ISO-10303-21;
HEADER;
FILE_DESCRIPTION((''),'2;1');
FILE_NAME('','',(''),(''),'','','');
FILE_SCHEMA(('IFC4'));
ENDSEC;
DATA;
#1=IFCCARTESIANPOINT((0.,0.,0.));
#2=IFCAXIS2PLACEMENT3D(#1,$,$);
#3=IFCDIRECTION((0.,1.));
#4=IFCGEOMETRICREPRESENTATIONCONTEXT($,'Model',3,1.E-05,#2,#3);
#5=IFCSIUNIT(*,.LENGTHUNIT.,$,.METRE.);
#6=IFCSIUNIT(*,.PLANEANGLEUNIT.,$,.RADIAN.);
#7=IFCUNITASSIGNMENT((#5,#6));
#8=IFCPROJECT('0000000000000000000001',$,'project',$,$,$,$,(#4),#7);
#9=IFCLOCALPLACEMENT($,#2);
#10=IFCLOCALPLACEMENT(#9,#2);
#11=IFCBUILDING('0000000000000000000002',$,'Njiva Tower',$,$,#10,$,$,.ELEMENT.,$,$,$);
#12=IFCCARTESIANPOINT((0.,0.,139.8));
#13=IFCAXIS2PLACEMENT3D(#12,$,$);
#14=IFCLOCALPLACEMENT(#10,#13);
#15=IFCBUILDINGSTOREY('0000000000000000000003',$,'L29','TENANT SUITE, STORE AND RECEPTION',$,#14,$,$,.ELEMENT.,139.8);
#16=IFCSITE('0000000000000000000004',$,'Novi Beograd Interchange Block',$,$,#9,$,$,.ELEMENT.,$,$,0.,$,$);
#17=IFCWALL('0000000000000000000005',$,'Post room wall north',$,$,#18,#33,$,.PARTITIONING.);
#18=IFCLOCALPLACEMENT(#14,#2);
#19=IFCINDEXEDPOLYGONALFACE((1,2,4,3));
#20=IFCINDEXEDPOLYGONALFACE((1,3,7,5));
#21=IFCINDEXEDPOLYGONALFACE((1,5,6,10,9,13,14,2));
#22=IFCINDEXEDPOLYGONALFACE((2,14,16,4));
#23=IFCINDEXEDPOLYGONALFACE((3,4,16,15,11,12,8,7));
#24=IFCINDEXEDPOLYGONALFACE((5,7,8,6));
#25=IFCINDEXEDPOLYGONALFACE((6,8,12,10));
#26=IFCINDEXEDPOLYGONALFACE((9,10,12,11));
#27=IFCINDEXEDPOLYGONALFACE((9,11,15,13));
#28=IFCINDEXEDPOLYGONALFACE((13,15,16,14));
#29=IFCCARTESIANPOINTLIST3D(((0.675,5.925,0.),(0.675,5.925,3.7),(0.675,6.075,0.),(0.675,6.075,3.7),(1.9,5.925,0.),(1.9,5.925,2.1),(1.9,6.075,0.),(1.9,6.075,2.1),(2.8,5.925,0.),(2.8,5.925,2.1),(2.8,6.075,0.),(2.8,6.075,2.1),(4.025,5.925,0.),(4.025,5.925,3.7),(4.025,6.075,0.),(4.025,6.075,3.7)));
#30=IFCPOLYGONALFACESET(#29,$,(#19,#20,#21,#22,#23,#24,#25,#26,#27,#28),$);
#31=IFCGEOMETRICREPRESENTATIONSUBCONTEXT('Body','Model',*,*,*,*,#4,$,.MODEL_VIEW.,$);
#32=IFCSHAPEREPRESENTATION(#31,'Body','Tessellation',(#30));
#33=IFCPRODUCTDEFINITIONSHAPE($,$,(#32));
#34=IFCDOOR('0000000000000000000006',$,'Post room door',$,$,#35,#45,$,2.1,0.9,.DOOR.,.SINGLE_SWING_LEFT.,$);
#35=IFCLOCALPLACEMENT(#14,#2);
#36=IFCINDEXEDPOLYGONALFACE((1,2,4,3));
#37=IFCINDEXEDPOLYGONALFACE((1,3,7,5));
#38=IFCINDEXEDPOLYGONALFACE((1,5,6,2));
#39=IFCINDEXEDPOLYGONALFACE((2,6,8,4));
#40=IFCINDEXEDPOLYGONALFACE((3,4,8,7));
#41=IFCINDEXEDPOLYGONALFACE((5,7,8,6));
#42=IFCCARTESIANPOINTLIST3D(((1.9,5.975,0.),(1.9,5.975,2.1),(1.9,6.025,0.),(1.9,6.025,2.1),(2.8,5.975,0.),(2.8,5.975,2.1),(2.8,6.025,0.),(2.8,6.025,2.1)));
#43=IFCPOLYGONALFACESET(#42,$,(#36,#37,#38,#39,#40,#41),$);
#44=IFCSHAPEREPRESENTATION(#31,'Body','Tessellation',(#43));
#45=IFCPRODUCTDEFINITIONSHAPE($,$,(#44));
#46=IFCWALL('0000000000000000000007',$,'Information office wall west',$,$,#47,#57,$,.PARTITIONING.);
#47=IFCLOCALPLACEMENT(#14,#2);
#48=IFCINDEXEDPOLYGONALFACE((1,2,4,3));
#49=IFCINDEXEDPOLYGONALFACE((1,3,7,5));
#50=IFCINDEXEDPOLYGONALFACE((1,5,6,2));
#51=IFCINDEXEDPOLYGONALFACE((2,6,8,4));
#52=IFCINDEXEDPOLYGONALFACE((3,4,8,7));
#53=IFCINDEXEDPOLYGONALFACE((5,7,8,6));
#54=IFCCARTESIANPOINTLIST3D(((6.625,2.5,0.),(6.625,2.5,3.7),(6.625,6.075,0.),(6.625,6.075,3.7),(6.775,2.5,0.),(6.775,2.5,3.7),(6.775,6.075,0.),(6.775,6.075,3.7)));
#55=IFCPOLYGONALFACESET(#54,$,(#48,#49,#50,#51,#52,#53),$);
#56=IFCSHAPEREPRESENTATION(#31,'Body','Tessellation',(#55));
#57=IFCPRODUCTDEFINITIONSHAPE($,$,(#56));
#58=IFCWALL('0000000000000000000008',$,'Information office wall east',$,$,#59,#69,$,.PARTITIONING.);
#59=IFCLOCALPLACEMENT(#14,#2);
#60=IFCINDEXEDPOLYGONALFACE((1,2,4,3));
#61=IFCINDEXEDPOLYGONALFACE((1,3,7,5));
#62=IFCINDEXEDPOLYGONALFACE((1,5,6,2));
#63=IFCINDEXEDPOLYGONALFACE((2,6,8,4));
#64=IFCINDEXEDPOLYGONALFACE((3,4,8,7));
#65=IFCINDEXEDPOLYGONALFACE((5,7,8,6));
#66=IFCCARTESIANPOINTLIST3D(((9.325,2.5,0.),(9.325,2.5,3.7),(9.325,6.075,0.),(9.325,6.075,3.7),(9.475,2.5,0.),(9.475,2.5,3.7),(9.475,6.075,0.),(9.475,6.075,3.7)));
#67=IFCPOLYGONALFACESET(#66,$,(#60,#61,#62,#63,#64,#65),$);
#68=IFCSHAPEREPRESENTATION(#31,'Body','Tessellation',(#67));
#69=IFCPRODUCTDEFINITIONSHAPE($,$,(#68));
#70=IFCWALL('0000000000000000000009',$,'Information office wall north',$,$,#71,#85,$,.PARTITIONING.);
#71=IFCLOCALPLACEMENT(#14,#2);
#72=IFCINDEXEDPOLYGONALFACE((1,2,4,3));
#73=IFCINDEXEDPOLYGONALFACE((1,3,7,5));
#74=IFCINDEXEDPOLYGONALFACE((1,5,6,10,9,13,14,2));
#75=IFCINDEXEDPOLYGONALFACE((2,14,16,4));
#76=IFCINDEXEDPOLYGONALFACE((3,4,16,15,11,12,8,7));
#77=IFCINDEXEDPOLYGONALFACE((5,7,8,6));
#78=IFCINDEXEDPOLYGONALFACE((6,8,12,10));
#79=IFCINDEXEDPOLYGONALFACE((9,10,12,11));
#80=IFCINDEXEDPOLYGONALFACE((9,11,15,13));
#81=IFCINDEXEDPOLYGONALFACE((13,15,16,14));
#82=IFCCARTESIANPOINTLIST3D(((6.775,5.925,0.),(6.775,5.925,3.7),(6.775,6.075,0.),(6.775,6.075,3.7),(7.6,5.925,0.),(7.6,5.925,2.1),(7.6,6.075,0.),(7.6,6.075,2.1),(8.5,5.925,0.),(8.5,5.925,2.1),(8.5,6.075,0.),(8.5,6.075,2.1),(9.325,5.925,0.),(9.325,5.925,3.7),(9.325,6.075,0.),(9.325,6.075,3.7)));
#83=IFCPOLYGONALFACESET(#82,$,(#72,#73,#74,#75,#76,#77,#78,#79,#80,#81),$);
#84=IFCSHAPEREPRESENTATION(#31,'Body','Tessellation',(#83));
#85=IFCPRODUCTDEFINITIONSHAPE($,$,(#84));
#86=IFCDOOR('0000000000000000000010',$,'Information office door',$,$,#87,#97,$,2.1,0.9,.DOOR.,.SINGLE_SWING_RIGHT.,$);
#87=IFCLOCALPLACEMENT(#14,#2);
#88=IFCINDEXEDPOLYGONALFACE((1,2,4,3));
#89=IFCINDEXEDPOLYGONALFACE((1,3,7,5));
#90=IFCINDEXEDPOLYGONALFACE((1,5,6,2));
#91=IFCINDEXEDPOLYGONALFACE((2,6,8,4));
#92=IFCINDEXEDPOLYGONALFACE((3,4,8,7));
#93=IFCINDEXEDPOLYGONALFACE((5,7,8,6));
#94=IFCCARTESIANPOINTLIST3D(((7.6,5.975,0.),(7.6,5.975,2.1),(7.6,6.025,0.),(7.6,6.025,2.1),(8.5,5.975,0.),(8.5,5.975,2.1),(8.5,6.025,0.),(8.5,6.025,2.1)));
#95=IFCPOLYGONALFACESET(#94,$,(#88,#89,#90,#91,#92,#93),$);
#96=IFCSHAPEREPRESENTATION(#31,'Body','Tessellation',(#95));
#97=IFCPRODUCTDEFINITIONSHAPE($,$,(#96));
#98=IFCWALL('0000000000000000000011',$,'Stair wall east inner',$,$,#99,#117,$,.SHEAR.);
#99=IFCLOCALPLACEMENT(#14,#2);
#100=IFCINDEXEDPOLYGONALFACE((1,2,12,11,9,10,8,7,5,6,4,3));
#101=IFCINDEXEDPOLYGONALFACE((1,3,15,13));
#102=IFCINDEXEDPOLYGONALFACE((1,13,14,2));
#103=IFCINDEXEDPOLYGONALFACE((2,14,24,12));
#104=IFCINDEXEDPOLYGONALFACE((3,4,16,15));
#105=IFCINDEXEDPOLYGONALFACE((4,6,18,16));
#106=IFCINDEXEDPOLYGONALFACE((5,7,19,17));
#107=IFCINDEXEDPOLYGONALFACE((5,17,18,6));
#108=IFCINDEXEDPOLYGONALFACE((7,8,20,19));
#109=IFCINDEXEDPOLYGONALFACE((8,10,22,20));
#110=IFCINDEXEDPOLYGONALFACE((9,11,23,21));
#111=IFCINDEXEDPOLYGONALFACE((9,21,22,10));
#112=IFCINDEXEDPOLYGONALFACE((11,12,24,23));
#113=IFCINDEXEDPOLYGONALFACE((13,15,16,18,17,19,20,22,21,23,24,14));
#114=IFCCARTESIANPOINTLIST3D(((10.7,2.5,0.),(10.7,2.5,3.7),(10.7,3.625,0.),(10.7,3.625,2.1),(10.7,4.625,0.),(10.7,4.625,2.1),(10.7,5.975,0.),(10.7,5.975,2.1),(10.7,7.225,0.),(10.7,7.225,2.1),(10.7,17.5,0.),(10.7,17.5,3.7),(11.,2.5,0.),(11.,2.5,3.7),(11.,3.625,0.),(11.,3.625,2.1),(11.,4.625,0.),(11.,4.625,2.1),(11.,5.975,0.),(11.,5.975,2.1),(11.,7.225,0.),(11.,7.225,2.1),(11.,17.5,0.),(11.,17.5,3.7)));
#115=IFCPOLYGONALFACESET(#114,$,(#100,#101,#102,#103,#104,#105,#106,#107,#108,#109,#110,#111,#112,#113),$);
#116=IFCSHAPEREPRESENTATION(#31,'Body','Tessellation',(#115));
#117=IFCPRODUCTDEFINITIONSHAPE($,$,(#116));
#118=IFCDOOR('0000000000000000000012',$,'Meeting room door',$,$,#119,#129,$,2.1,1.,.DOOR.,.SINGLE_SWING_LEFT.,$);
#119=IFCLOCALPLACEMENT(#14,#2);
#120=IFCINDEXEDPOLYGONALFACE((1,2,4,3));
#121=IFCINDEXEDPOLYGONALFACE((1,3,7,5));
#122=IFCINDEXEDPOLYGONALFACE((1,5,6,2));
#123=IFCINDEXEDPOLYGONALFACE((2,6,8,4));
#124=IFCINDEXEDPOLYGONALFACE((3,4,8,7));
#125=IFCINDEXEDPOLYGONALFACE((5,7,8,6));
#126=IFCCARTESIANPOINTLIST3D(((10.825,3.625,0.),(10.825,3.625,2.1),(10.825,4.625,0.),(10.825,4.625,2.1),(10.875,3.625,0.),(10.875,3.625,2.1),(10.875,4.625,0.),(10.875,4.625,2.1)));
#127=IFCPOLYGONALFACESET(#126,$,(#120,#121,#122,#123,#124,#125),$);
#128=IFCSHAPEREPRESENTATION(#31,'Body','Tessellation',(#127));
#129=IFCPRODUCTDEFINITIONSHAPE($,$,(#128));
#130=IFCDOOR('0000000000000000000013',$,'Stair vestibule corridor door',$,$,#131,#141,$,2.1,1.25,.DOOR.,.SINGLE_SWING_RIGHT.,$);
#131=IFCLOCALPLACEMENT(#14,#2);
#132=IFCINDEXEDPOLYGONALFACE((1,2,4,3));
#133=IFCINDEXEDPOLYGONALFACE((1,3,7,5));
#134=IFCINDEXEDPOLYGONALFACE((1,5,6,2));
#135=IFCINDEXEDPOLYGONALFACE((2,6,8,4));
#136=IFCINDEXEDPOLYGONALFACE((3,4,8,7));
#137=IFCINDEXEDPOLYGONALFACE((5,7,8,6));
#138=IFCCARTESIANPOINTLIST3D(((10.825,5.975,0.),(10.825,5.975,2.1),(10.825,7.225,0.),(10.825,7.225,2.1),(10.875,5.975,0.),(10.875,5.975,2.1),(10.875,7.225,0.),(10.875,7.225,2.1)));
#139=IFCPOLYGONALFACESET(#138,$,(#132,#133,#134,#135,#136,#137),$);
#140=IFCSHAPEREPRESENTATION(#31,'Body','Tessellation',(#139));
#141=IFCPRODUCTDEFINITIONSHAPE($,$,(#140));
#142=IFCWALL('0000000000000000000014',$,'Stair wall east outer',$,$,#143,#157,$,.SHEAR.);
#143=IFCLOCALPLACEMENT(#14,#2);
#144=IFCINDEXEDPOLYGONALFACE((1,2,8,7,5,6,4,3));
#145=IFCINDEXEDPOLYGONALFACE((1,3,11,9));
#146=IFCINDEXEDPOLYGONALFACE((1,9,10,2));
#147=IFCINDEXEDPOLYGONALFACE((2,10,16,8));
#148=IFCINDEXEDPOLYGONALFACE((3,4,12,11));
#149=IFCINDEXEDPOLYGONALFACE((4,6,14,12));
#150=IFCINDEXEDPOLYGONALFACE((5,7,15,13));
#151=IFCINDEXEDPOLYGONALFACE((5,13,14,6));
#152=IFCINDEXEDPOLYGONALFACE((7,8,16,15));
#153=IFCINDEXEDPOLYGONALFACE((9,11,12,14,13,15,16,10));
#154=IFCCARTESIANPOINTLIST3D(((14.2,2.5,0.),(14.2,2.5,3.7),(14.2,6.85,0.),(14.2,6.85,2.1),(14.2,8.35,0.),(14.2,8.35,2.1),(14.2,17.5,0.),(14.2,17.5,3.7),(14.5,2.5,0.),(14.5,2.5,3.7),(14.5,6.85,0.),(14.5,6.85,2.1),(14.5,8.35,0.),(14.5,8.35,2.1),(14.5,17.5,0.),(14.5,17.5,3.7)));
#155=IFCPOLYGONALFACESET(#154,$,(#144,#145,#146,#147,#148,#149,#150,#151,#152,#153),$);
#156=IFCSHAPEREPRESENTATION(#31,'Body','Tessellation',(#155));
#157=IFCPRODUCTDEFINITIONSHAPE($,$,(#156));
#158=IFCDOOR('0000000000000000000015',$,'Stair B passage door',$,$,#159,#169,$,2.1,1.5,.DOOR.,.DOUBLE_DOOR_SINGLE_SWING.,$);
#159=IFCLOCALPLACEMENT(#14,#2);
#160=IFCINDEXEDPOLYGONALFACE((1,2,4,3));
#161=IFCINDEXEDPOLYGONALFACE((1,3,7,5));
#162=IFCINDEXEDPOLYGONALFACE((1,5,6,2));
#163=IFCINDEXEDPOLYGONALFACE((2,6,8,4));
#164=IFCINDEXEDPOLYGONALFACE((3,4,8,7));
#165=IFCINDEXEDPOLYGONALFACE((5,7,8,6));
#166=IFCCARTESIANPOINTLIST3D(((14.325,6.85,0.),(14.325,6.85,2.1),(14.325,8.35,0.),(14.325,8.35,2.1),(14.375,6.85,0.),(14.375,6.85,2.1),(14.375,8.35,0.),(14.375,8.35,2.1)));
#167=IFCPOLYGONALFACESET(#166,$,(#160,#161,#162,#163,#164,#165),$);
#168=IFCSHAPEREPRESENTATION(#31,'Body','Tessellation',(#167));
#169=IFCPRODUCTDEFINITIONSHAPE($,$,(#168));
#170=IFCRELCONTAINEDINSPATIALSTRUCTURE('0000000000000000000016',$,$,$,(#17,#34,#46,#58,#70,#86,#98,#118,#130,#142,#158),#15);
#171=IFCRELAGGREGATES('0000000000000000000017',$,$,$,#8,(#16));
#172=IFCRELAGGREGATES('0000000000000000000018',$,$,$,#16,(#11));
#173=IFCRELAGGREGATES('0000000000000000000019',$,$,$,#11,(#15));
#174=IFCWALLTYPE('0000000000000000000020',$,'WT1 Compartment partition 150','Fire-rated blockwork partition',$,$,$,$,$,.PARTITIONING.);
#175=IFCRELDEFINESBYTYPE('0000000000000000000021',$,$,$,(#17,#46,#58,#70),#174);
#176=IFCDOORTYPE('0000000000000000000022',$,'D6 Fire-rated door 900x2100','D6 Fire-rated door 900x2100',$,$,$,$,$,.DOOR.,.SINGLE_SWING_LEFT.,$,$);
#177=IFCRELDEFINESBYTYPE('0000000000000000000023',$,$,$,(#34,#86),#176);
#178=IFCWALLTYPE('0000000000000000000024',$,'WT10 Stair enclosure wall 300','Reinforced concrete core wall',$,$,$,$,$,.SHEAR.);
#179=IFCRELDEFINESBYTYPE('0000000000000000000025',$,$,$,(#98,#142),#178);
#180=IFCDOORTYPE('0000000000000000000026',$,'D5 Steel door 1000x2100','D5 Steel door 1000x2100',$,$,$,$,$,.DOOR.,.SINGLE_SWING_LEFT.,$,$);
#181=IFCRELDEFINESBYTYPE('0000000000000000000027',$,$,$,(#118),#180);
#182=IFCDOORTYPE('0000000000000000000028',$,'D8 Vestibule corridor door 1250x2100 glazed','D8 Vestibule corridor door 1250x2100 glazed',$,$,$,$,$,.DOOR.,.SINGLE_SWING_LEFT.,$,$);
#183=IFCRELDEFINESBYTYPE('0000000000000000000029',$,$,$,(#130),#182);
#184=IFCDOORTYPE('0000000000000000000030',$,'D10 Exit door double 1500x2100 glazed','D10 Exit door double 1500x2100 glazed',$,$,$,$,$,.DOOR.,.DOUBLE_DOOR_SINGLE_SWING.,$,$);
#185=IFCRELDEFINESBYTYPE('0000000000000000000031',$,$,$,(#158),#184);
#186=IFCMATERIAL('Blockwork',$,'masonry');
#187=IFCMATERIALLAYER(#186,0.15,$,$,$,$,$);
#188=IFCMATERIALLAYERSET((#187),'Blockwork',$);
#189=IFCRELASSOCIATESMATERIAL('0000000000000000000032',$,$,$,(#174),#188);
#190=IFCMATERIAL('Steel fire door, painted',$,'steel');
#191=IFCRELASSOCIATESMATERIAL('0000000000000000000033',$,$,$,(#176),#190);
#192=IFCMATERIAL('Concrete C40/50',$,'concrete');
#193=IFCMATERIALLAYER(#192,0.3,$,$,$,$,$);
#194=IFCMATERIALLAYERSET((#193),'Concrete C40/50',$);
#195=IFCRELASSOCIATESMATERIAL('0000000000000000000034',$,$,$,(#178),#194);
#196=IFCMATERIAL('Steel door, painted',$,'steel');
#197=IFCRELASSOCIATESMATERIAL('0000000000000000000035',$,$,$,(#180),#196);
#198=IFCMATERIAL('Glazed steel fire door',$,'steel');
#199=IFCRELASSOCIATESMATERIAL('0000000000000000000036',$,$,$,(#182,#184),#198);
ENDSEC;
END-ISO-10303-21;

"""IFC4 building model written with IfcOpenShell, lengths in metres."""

from ifc_helpers import new_model, si_unit, direction, frame, frame_2d, origin, place, context, subcontext, project, spatial, rectangle, extrude, material, layer, layer_set, type_object, element, fill, save


model = new_model("IFC4")

# Units and contexts
model_context = context("Model", 3, precision=1e-05, world=origin(), true_north=direction((0.0, 1.0)))
body_context = subcontext(model_context, "Body", "Model", "MODEL_VIEW")
ifc_project = project(units=[si_unit("LENGTHUNIT", "METRE"), si_unit("PLANEANGLEUNIT", "RADIAN")], contexts=[model_context])

# Site, building, storey
site_placement = place(None, origin())
site = spatial("IfcSite", under=ifc_project, at=site_placement, Name="Novi Beograd Interchange Block", CompositionType="ELEMENT", RefElevation=0.0)
building_placement = place(site_placement, origin())
building = spatial("IfcBuilding", under=site, at=building_placement, Name="Njiva Tower", CompositionType="ELEMENT")
storey_placement = place(building_placement, frame((0.0, 0.0, 139.8)))
storey = spatial("IfcBuildingStorey", under=building, at=storey_placement, Name="L29", Description="TENANT SUITE, STORE AND RECEPTION", CompositionType="ELEMENT", Elevation=139.8)

# Shared definitions
ifc_material_1 = material(Name="Blockwork", Category="masonry")
ifc_layer_1 = layer(ifc_material_1, 0.15)
ifc_layer_set_1 = layer_set([ifc_layer_1], Name="Blockwork")
wall_type_1 = type_object("IfcWallType", Name="WT1 Compartment partition 150", Description="Fire-rated blockwork partition", PredefinedType="PARTITIONING", material=ifc_layer_set_1)

# Wall, opening, door
wall_1_placement = place(storey_placement, frame((0.675, 6.0, 0.0), z_axis=(0.0, 0.0, 1.0), x_axis=(1.0, 0.0, 0.0)))
wall_1 = element("IfcWall", 1, at=wall_1_placement, inside=storey, type_object=wall_type_1, Name="Post room wall north", PredefinedType="PARTITIONING", context=body_context, shape_type="SweptSolid", body=[
    extrude(rectangle(XDim=3.35, YDim=0.15, at=frame_2d((1.675, 0.0))), origin(), (0.0, 0.0, 1.0), 3.7),
])
opening_1_placement = place(wall_1_placement, frame((1.225, 0.0, 0.0)))
opening_1 = element("IfcOpeningElement", 2, at=opening_1_placement, cuts=wall_1, PredefinedType="OPENING", context=body_context, shape_type="SweptSolid", body=[
    extrude(rectangle(XDim=0.9, YDim=2.1, at=frame_2d((0.45, 1.05))), frame((0.0, 0.085, 0.0), z_axis=(0.0, -1.0, 0.0), x_axis=(1.0, 0.0, 0.0)), (0.0, 0.0, 1.0), 0.17),
])
ifc_material_2 = material(Name="Steel fire door, painted", Category="steel")
door_type_1 = type_object("IfcDoorType", Name="D6 Fire-rated door 900x2100", Description="D6 Fire-rated door 900x2100", OperationType="SINGLE_SWING_LEFT", PredefinedType="DOOR", material=ifc_material_2)
door_1_placement = place(opening_1_placement, origin())
door_1 = element("IfcDoor", 3, at=door_1_placement, inside=storey, type_object=door_type_1, Name="Post room door", OperationType="SINGLE_SWING_LEFT", OverallHeight=2.1, OverallWidth=0.9, PredefinedType="DOOR", context=body_context, shape_type="SweptSolid", body=[
    extrude(rectangle(XDim=0.9, YDim=2.1, at=frame_2d((0.45, 1.05))), frame((0.0, 0.025, 0.0), z_axis=(0.0, -1.0, 0.0), x_axis=(1.0, 0.0, 0.0)), (0.0, 0.0, 1.0), 0.05),
])
fill(opening_1, door_1)

# Walls
for number, where, z_axis, x_axis, name in (
    (4, (6.7, 2.5, 0.0), (0.0, 0.0, 1.0), (0.0, 1.0, 0.0), "Information office wall west"),
    (5, (9.4, 2.5, 0.0), (0.0, 0.0, 1.0), (0.0, 1.0, 0.0), "Information office wall east"),
):
    element("IfcWall", number, at=place(storey_placement, frame(where, z_axis=z_axis, x_axis=x_axis)), inside=storey, type_object=wall_type_1, Name=name, PredefinedType="PARTITIONING", context=body_context, shape_type="SweptSolid", body=[
        extrude(rectangle(XDim=3.575, YDim=0.15, at=frame_2d((1.7875, 0.0))), origin(), (0.0, 0.0, 1.0), 3.7),
    ])

# Wall, opening, door
wall_2_placement = place(storey_placement, frame((6.775, 6.0, 0.0), z_axis=(0.0, 0.0, 1.0), x_axis=(1.0, 0.0, 0.0)))
wall_2 = element("IfcWall", 6, at=wall_2_placement, inside=storey, type_object=wall_type_1, Name="Information office wall north", PredefinedType="PARTITIONING", context=body_context, shape_type="SweptSolid", body=[
    extrude(rectangle(XDim=2.55, YDim=0.15, at=frame_2d((1.275, 0.0))), origin(), (0.0, 0.0, 1.0), 3.7),
])
opening_2_placement = place(wall_2_placement, frame((0.825, 0.0, 0.0)))
opening_2 = element("IfcOpeningElement", 7, at=opening_2_placement, cuts=wall_2, PredefinedType="OPENING", context=body_context, shape_type="SweptSolid", body=[
    extrude(rectangle(XDim=0.9, YDim=2.1, at=frame_2d((0.45, 1.05))), frame((0.0, 0.085, 0.0), z_axis=(0.0, -1.0, 0.0), x_axis=(1.0, 0.0, 0.0)), (0.0, 0.0, 1.0), 0.17),
])
door_2_placement = place(opening_2_placement, origin())
door_2 = element("IfcDoor", 8, at=door_2_placement, inside=storey, type_object=door_type_1, Name="Information office door", OperationType="SINGLE_SWING_RIGHT", OverallHeight=2.1, OverallWidth=0.9, PredefinedType="DOOR", context=body_context, shape_type="SweptSolid", body=[
    extrude(rectangle(XDim=0.9, YDim=2.1, at=frame_2d((0.45, 1.05))), frame((0.0, 0.025, 0.0), z_axis=(0.0, -1.0, 0.0), x_axis=(1.0, 0.0, 0.0)), (0.0, 0.0, 1.0), 0.05),
])
fill(opening_2, door_2)

# Wall, openings, doors
ifc_material_3 = material(Name="Concrete C40/50", Category="concrete")
ifc_layer_2 = layer(ifc_material_3, 0.3)
ifc_layer_set_2 = layer_set([ifc_layer_2], Name="Concrete C40/50")
wall_type_2 = type_object("IfcWallType", Name="WT10 Stair enclosure wall 300", Description="Reinforced concrete core wall", PredefinedType="SHEAR", material=ifc_layer_set_2)
wall_3_placement = place(storey_placement, frame((10.85, 2.5, 0.0), z_axis=(0.0, 0.0, 1.0), x_axis=(0.0, 1.0, 0.0)))
wall_3 = element("IfcWall", 9, at=wall_3_placement, inside=storey, type_object=wall_type_2, Name="Stair wall east inner", PredefinedType="SHEAR", context=body_context, shape_type="SweptSolid", body=[
    extrude(rectangle(XDim=15.0, YDim=0.3, at=frame_2d((7.5, 0.0))), origin(), (0.0, 0.0, 1.0), 3.7),
])
opening_3_placement = place(wall_3_placement, frame((3.475, 0.0, 0.0)))
opening_3 = element("IfcOpeningElement", 10, at=opening_3_placement, cuts=wall_3, PredefinedType="OPENING", context=body_context, shape_type="SweptSolid", body=[
    extrude(rectangle(XDim=1.25, YDim=2.1, at=frame_2d((0.625, 1.05))), frame((0.0, 0.16, 0.0), z_axis=(0.0, -1.0, 0.0), x_axis=(1.0, 0.0, 0.0)), (0.0, 0.0, 1.0), 0.32),
])
opening_4_placement = place(wall_3_placement, frame((1.125, 0.0, 0.0)))
opening_4 = element("IfcOpeningElement", 11, at=opening_4_placement, cuts=wall_3, PredefinedType="OPENING", context=body_context, shape_type="SweptSolid", body=[
    extrude(rectangle(XDim=1.0, YDim=2.1, at=frame_2d((0.5, 1.05))), frame((0.0, 0.16, 0.0), z_axis=(0.0, -1.0, 0.0), x_axis=(1.0, 0.0, 0.0)), (0.0, 0.0, 1.0), 0.32),
])
ifc_material_4 = material(Name="Steel door, painted", Category="steel")
door_type_2 = type_object("IfcDoorType", Name="D5 Steel door 1000x2100", Description="D5 Steel door 1000x2100", OperationType="SINGLE_SWING_LEFT", PredefinedType="DOOR", material=ifc_material_4)
door_3_placement = place(opening_4_placement, origin())
door_3 = element("IfcDoor", 12, at=door_3_placement, inside=storey, type_object=door_type_2, Name="Meeting room door", OperationType="SINGLE_SWING_LEFT", OverallHeight=2.1, OverallWidth=1.0, PredefinedType="DOOR", context=body_context, shape_type="SweptSolid", body=[
    extrude(rectangle(XDim=1.0, YDim=2.1, at=frame_2d((0.5, 1.05))), frame((0.0, 0.025, 0.0), z_axis=(0.0, -1.0, 0.0), x_axis=(1.0, 0.0, 0.0)), (0.0, 0.0, 1.0), 0.05),
])
fill(opening_4, door_3)
ifc_material_5 = material(Name="Glazed steel fire door", Category="steel")
door_type_3 = type_object("IfcDoorType", Name="D8 Vestibule corridor door 1250x2100 glazed", Description="D8 Vestibule corridor door 1250x2100 glazed", OperationType="SINGLE_SWING_LEFT", PredefinedType="DOOR", material=ifc_material_5)
door_4_placement = place(opening_3_placement, origin())
door_4 = element("IfcDoor", 13, at=door_4_placement, inside=storey, type_object=door_type_3, Name="Stair vestibule corridor door", OperationType="SINGLE_SWING_RIGHT", OverallHeight=2.1, OverallWidth=1.25, PredefinedType="DOOR", context=body_context, shape_type="SweptSolid", body=[
    extrude(rectangle(XDim=1.25, YDim=2.1, at=frame_2d((0.625, 1.05))), frame((0.0, 0.025, 0.0), z_axis=(0.0, -1.0, 0.0), x_axis=(1.0, 0.0, 0.0)), (0.0, 0.0, 1.0), 0.05),
])
fill(opening_3, door_4)

# Wall, opening, door
wall_4_placement = place(storey_placement, frame((14.35, 2.5, 0.0), z_axis=(0.0, 0.0, 1.0), x_axis=(0.0, 1.0, 0.0)))
wall_4 = element("IfcWall", 14, at=wall_4_placement, inside=storey, type_object=wall_type_2, Name="Stair wall east outer", PredefinedType="SHEAR", context=body_context, shape_type="SweptSolid", body=[
    extrude(rectangle(XDim=15.0, YDim=0.3, at=frame_2d((7.5, 0.0))), origin(), (0.0, 0.0, 1.0), 3.7),
])
opening_5_placement = place(wall_4_placement, frame((4.35, 0.0, 0.0)))
opening_5 = element("IfcOpeningElement", 15, at=opening_5_placement, cuts=wall_4, PredefinedType="OPENING", context=body_context, shape_type="SweptSolid", body=[
    extrude(rectangle(XDim=1.5, YDim=2.1, at=frame_2d((0.75, 1.05))), frame((0.0, 0.16, 0.0), z_axis=(0.0, -1.0, 0.0), x_axis=(1.0, 0.0, 0.0)), (0.0, 0.0, 1.0), 0.32),
])
door_type_4 = type_object("IfcDoorType", Name="D10 Exit door double 1500x2100 glazed", Description="D10 Exit door double 1500x2100 glazed", OperationType="DOUBLE_DOOR_SINGLE_SWING", PredefinedType="DOOR", material=ifc_material_5)
door_5_placement = place(opening_5_placement, origin())
door_5 = element("IfcDoor", 16, at=door_5_placement, inside=storey, type_object=door_type_4, Name="Stair B passage door", OperationType="DOUBLE_DOOR_SINGLE_SWING", OverallHeight=2.1, OverallWidth=1.5, PredefinedType="DOOR", context=body_context, shape_type="SweptSolid", body=[
    extrude(rectangle(XDim=1.5, YDim=2.1, at=frame_2d((0.75, 1.05))), frame((0.0, 0.025, 0.0), z_axis=(0.0, -1.0, 0.0), x_axis=(1.0, 0.0, 0.0)), (0.0, 0.0, 1.0), 0.05),
])
fill(opening_5, door_5)

save(model, "model.ifc")
